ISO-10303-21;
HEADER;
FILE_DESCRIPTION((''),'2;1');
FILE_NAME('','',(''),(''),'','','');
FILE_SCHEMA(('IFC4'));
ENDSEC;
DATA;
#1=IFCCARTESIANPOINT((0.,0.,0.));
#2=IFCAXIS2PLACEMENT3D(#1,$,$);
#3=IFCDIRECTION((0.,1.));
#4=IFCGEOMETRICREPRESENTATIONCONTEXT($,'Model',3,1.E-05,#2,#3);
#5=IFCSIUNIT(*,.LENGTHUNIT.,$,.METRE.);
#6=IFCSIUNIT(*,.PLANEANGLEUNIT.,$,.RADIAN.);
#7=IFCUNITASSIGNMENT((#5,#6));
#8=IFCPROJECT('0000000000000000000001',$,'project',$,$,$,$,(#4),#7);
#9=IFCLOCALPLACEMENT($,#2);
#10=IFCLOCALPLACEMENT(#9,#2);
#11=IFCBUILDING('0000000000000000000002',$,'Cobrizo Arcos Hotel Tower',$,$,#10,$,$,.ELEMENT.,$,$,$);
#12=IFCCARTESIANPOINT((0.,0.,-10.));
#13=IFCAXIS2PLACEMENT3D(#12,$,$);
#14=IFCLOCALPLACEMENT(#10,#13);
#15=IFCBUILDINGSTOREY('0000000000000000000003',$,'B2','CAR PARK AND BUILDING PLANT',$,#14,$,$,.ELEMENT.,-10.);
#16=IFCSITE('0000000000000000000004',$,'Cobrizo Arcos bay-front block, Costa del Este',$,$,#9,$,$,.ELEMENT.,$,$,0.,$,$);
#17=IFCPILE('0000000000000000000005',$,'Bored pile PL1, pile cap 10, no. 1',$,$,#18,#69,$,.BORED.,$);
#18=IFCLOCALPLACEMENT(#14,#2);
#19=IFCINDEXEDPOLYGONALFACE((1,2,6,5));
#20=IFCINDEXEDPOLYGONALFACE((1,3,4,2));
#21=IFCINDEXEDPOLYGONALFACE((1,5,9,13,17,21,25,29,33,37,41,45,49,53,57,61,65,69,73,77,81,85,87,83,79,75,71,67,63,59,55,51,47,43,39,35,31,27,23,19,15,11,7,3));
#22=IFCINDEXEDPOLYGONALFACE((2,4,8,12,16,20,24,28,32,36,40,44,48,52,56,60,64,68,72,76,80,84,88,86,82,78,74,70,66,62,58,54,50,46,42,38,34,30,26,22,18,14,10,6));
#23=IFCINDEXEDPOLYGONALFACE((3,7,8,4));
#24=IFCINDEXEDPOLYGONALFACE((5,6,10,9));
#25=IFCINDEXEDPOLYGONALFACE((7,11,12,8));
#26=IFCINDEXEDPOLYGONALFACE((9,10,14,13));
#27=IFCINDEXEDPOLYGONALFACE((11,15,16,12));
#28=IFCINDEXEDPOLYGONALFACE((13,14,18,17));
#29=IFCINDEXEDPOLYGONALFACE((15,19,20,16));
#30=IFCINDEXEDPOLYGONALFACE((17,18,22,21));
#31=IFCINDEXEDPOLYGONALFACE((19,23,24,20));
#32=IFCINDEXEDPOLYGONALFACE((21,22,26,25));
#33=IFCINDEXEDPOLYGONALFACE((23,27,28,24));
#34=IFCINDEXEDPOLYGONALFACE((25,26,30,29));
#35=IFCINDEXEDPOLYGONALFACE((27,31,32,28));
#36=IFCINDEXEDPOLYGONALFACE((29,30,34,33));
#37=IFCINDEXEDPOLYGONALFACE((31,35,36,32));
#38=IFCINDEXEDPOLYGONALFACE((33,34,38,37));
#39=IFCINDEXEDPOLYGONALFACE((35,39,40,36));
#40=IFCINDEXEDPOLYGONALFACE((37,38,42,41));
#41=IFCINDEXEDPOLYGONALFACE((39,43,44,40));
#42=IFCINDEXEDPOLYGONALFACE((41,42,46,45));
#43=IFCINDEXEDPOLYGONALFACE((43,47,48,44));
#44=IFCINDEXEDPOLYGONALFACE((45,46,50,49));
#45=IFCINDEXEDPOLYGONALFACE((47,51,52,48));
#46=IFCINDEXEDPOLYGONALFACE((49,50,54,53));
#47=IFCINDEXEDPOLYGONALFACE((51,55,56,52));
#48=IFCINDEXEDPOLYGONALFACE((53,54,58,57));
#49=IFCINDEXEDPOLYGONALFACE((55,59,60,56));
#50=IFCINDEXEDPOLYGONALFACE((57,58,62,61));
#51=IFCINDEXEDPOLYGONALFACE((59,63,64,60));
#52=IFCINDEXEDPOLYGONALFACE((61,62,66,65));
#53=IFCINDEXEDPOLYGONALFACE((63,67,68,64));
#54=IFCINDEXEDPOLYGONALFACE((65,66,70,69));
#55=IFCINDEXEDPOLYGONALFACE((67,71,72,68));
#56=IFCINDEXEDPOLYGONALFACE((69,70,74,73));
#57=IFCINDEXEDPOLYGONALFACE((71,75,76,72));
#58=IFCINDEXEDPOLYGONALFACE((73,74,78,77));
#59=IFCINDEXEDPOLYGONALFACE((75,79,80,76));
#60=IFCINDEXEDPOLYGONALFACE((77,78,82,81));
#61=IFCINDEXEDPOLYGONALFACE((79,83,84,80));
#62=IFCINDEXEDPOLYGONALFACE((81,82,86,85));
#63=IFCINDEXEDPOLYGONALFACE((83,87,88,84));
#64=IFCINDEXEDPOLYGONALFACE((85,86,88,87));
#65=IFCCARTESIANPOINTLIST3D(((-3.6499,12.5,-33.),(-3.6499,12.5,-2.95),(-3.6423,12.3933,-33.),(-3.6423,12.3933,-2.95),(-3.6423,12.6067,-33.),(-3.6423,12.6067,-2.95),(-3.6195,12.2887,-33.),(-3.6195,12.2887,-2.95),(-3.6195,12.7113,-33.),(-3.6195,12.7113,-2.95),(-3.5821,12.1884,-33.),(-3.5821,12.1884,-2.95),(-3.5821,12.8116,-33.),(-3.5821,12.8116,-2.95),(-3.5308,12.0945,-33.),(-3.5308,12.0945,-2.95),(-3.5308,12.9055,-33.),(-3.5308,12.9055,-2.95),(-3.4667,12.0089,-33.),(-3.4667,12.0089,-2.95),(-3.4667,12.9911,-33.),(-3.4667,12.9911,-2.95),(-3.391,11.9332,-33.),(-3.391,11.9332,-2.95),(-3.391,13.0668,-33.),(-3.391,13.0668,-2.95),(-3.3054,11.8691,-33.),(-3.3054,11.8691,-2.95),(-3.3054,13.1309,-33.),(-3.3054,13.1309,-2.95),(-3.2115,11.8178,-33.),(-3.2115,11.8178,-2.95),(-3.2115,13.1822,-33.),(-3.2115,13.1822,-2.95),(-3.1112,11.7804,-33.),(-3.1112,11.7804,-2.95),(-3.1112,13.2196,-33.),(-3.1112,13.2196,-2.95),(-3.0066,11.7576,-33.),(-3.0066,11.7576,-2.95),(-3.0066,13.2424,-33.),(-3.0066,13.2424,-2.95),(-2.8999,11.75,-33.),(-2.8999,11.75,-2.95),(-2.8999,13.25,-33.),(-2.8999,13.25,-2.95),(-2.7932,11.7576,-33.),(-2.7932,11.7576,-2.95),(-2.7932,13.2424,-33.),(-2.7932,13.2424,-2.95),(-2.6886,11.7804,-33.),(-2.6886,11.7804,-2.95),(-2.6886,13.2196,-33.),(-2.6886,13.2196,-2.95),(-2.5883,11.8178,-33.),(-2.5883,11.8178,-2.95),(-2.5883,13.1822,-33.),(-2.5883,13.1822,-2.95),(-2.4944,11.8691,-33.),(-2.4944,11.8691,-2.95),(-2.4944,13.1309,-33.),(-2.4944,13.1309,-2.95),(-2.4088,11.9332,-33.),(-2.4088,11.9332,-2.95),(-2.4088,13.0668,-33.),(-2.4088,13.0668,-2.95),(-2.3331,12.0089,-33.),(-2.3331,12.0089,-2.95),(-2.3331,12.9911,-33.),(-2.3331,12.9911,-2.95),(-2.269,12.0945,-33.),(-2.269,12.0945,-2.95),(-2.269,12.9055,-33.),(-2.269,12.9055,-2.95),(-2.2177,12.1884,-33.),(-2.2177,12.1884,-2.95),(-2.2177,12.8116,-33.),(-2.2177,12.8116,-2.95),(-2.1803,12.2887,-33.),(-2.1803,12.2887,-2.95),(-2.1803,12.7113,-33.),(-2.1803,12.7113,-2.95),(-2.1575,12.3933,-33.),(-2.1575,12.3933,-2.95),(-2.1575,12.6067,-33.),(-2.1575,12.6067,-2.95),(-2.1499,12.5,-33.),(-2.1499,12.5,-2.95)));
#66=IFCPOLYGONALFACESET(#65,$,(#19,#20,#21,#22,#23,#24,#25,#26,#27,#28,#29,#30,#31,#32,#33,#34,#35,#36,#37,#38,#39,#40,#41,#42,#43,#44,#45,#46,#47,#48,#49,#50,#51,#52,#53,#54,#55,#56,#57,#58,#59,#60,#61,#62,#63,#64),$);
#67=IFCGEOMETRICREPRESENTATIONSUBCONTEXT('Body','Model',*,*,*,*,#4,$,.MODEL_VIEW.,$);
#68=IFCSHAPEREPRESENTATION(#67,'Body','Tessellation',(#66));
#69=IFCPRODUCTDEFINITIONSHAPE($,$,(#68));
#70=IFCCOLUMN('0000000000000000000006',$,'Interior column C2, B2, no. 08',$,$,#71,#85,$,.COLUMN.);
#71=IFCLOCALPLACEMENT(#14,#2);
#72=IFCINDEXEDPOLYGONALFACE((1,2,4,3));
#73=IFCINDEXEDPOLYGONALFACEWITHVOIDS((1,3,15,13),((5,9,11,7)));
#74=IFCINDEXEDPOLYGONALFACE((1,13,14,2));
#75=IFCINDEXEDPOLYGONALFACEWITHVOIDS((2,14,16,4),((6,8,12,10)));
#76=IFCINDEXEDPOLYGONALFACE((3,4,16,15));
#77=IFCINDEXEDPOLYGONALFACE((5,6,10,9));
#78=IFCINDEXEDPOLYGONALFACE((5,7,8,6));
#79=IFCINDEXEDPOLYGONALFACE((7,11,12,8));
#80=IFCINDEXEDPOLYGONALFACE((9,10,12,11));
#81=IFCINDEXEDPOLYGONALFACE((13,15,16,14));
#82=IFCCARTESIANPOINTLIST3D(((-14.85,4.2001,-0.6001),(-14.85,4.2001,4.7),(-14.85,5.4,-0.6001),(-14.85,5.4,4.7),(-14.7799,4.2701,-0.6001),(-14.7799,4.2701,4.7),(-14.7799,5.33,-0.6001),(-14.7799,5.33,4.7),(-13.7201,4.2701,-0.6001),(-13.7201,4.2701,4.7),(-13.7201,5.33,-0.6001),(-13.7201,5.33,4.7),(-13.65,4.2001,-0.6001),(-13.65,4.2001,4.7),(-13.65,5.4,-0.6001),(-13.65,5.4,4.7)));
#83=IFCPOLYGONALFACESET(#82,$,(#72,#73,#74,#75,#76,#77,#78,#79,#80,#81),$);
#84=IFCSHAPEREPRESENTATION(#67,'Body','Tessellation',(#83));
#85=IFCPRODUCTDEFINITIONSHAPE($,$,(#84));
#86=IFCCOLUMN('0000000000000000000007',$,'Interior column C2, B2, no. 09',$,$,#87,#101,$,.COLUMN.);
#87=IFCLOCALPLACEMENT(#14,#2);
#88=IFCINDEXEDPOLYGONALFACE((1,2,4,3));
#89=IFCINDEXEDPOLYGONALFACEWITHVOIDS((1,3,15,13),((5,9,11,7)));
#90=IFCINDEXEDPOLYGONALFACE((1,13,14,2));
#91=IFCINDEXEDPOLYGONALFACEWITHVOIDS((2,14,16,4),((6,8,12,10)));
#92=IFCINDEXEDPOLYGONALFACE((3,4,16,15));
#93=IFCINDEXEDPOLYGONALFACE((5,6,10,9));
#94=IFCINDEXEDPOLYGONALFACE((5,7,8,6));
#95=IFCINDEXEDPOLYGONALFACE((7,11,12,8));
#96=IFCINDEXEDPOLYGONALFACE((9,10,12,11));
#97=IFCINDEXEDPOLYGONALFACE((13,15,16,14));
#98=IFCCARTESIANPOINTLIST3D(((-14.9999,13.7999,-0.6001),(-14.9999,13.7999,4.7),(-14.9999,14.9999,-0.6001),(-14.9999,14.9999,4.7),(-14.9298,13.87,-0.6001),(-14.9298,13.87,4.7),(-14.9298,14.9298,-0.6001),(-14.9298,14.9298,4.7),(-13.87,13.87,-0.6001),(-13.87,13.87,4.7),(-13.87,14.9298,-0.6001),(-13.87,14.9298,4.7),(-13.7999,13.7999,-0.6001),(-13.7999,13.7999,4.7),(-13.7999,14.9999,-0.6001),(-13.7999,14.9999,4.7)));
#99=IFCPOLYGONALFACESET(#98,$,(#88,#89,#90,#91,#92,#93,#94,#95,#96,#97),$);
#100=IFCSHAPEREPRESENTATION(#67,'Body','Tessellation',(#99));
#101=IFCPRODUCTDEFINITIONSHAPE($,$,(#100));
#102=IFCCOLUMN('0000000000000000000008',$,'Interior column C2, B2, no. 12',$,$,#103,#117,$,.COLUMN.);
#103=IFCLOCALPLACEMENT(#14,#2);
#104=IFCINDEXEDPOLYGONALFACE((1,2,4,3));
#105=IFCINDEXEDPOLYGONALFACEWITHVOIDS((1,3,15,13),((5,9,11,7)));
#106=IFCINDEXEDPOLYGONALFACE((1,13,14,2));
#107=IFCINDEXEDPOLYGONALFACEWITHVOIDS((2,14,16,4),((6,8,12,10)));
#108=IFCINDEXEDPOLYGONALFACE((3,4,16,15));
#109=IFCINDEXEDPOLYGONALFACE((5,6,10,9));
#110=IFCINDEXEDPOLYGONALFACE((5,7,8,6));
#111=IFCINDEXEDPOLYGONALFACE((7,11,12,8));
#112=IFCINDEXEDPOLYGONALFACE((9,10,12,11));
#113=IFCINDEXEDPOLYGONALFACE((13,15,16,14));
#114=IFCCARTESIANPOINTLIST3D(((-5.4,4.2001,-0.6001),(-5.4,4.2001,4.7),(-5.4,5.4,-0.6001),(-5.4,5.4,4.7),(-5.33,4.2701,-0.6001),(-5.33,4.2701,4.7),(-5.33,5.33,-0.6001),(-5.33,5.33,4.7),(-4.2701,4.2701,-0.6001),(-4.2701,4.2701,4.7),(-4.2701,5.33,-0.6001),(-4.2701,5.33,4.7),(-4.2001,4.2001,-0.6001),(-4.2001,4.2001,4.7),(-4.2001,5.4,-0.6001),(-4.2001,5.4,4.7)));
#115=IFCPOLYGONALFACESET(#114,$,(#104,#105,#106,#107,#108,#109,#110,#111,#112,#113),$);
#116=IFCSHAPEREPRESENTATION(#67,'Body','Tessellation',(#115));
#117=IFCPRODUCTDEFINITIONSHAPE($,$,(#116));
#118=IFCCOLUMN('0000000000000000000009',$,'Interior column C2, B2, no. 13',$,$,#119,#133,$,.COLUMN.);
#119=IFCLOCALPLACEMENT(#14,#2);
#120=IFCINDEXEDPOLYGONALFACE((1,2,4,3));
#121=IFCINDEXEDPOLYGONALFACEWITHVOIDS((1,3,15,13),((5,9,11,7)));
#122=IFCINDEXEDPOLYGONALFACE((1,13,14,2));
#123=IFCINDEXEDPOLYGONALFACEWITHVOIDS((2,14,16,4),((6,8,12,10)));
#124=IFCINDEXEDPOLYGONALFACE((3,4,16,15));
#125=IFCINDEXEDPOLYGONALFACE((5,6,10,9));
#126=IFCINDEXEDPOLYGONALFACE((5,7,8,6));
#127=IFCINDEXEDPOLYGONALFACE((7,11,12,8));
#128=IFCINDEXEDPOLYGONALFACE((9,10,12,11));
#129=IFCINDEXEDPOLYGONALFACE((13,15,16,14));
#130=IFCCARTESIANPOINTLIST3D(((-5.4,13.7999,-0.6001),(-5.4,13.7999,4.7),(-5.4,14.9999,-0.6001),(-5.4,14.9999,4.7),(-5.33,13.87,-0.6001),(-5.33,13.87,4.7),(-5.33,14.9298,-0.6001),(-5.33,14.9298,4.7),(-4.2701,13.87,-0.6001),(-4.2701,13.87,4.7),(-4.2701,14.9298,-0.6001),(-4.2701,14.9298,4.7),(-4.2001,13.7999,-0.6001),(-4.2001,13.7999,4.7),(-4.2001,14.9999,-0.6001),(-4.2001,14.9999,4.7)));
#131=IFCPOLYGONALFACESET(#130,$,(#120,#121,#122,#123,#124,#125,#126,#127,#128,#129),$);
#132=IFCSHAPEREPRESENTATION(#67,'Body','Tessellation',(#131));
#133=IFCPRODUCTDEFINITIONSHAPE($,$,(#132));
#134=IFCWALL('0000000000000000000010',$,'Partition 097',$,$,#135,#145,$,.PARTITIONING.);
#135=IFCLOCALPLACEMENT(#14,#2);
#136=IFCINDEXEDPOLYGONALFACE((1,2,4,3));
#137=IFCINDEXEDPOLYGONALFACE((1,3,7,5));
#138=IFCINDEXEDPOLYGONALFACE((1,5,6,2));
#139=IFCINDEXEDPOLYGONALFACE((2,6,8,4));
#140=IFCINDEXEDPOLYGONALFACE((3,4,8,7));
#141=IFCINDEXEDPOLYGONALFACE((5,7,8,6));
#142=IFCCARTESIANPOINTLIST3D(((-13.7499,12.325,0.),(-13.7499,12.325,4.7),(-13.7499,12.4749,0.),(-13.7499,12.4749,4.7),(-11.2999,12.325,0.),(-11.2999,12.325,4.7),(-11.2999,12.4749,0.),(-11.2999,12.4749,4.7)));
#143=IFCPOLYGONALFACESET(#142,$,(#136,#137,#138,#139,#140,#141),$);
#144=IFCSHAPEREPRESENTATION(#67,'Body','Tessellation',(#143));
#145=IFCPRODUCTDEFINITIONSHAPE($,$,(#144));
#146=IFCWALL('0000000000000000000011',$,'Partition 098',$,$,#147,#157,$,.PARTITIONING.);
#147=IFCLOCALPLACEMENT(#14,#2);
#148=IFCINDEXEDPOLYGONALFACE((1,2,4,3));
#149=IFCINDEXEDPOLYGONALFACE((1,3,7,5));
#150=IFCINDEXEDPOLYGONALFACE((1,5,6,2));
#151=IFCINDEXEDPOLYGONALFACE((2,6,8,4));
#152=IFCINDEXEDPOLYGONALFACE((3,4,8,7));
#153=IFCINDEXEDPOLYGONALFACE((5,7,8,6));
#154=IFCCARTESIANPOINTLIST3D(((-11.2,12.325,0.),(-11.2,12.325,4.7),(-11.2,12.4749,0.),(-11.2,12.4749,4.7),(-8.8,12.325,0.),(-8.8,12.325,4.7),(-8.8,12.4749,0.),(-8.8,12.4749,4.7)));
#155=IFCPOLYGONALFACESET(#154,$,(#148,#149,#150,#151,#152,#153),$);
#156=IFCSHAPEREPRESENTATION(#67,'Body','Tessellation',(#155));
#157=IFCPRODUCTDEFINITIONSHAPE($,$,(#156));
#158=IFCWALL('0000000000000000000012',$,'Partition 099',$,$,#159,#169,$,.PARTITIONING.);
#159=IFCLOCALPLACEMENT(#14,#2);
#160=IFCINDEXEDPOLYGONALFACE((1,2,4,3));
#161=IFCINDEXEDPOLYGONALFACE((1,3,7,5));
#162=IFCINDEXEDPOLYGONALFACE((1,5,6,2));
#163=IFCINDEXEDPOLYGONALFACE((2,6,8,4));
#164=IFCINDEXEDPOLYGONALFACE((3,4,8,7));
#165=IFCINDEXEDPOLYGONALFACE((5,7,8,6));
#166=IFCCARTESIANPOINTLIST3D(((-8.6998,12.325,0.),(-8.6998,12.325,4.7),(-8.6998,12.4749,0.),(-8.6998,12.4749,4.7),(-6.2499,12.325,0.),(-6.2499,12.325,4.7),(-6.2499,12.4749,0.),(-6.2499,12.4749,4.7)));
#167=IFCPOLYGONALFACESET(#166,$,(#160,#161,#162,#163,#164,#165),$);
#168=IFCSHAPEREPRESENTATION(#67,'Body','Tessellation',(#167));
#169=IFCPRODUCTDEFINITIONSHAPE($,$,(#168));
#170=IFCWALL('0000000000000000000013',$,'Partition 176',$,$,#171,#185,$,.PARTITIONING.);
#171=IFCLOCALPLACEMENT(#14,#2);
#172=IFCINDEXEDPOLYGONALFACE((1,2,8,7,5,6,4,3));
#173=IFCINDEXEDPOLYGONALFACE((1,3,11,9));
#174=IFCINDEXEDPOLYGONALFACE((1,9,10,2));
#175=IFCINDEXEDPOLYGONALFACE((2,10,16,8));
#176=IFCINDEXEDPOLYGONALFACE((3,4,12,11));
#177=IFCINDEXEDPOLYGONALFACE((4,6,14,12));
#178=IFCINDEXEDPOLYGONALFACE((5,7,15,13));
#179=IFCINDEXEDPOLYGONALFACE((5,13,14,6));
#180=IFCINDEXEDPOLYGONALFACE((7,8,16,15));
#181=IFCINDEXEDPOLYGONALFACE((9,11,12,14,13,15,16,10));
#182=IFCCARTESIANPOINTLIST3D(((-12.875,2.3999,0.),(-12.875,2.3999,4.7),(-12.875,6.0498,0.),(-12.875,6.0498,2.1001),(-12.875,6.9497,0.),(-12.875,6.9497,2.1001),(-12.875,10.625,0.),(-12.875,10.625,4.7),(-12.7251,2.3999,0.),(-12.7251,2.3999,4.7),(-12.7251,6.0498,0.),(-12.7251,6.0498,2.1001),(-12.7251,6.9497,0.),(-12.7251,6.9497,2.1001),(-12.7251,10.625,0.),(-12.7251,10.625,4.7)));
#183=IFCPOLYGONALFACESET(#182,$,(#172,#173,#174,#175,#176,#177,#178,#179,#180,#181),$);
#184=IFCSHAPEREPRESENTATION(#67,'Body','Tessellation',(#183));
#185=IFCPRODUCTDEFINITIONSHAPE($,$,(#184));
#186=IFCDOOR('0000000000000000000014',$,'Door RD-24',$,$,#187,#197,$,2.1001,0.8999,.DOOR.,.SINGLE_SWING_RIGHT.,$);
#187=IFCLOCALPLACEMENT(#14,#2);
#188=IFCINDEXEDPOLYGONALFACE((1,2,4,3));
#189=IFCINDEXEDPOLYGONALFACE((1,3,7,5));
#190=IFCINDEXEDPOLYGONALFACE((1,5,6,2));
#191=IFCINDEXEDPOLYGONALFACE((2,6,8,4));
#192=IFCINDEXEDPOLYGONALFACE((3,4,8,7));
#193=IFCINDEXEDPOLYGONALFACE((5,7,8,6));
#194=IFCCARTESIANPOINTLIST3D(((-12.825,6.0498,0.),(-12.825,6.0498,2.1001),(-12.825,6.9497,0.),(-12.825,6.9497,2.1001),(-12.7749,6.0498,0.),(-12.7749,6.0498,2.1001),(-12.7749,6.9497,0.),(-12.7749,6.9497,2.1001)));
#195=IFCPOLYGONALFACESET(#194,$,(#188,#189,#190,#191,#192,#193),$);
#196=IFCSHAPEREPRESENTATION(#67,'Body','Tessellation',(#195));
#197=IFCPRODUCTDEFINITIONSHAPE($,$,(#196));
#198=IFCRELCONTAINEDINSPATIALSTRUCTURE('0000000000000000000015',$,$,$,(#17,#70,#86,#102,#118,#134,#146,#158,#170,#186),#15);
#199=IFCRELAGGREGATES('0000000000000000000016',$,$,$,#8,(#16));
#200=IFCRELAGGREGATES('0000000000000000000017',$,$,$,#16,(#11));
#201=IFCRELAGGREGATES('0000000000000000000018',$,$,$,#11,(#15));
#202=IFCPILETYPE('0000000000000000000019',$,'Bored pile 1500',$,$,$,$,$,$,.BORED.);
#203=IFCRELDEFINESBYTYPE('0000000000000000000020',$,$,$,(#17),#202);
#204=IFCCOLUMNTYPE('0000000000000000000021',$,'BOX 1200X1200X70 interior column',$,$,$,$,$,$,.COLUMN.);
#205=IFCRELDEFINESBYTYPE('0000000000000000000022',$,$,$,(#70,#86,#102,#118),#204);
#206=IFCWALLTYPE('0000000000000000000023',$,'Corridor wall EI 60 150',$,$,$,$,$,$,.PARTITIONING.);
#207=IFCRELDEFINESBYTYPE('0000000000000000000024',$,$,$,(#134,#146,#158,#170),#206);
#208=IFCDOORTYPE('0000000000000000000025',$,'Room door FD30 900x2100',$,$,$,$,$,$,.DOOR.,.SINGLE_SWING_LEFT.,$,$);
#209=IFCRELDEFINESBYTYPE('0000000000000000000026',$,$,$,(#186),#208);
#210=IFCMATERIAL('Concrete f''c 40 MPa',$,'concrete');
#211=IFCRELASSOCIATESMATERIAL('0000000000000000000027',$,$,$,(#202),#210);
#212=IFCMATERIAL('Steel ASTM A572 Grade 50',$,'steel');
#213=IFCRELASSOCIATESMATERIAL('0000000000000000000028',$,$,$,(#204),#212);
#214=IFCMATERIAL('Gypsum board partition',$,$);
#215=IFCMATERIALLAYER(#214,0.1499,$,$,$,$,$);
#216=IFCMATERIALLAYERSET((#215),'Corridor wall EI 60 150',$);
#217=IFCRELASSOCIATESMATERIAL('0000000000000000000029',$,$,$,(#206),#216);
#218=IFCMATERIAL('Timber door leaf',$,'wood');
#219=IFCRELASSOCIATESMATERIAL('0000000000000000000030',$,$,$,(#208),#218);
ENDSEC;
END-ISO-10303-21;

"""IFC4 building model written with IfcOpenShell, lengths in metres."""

from ifc_helpers import new_model, si_unit, direction, frame, frame_2d, origin, origin_2d, place, context, subcontext, project, spatial, rectangle, hollow_rectangle, circle, extrude, material, layer, layer_set, material_profile, profile_set, type_object, element, fill, save


model = new_model("IFC4")

# Units and contexts
model_context = context("Model", 3, precision=1e-05, world=origin(), true_north=direction((0.0, 1.0)))
body_context = subcontext(model_context, "Body", "Model", "MODEL_VIEW")
ifc_project = project(units=[si_unit("LENGTHUNIT", "METRE"), si_unit("PLANEANGLEUNIT", "RADIAN")], contexts=[model_context])

# Site, building, storey
site_placement = place(None, origin())
site = spatial("IfcSite", under=ifc_project, at=site_placement, Name="Cobrizo Arcos bay-front block, Costa del Este", CompositionType="ELEMENT", RefElevation=0.0)
building_placement = place(site_placement, origin())
building = spatial("IfcBuilding", under=site, at=building_placement, Name="Cobrizo Arcos Hotel Tower", CompositionType="ELEMENT")
storey_placement = place(building_placement, frame((0.0, 0.0, -10.0)))
storey = spatial("IfcBuildingStorey", under=building, at=storey_placement, Name="B2", Description="CAR PARK AND BUILDING PLANT", CompositionType="ELEMENT", Elevation=-10.0)

# Pile
ifc_material_1 = material(Name="Concrete f'c 40 MPa", Category="concrete")
ifc_material_profile_1 = material_profile(ifc_material_1, circle(Radius=0.75, at=origin_2d()), Name="BORED PILE 1500")
ifc_profile_set_1 = profile_set([ifc_material_profile_1], Name="Concrete f'c 40 MPa")
pile_type = type_object("IfcPileType", Name="Bored pile 1500", PredefinedType="BORED", material=ifc_profile_set_1)
for number, where, z_axis, x_axis, name in (
    (1, (-2.8999, 12.5, -2.95), (0.0, 0.0, -1.0), (1.0, 0.0, 0.0), "Bored pile PL1, pile cap 10, no. 1"),
):
    element("IfcPile", number, at=place(storey_placement, frame(where, z_axis=z_axis, x_axis=x_axis)), inside=storey, type_object=pile_type, Name=name, PredefinedType="BORED", context=body_context, shape_type="SweptSolid", body=[
        extrude(circle(Radius=0.75, at=origin_2d()), origin(), (0.0, 0.0, 1.0), 30.05),
    ])

# Columns
ifc_material_2 = material(Name="Steel ASTM A572 Grade 50", Category="steel")
ifc_material_profile_2 = material_profile(ifc_material_2, hollow_rectangle(XDim=1.2, YDim=1.2, WallThickness=0.0701, at=origin_2d()), Name="BOX 1200X1200X70")
ifc_profile_set_2 = profile_set([ifc_material_profile_2], Name="Steel ASTM A572 Grade 50")
column_type = type_object("IfcColumnType", Name="BOX 1200X1200X70 interior column", PredefinedType="COLUMN", material=ifc_profile_set_2)
for number, where, z_axis, x_axis, name in (
    (2, (-14.25, 4.8, -0.6001), (0.0, 0.0, 1.0), (1.0, 0.0, 0.0), "Interior column C2, B2, no. 08"),
    (3, (-14.3999, 14.3999, -0.6001), (0.0, 0.0, 1.0), (1.0, 0.0, 0.0), "Interior column C2, B2, no. 09"),
    (4, (-4.8, 4.8, -0.6001), (0.0, 0.0, 1.0), (1.0, 0.0, 0.0), "Interior column C2, B2, no. 12"),
    (5, (-4.8, 14.3999, -0.6001), (0.0, 0.0, 1.0), (1.0, 0.0, 0.0), "Interior column C2, B2, no. 13"),
):
    element("IfcColumn", number, at=place(storey_placement, frame(where, z_axis=z_axis, x_axis=x_axis)), inside=storey, type_object=column_type, Name=name, PredefinedType="COLUMN", context=body_context, shape_type="SweptSolid", body=[
        extrude(hollow_rectangle(XDim=1.2, YDim=1.2, WallThickness=0.0701, at=origin_2d()), origin(), (0.0, 0.0, 1.0), 5.3),
    ])

# Walls
ifc_material_3 = material(Name="Gypsum board partition")
ifc_layer_1 = layer(ifc_material_3, 0.1499)
ifc_layer_set_1 = layer_set([ifc_layer_1], Name="Corridor wall EI 60 150")
wall_type_1 = type_object("IfcWallType", Name="Corridor wall EI 60 150", PredefinedType="PARTITIONING", material=ifc_layer_set_1)
wall_1_placement = place(storey_placement, frame((-13.75, 12.3999, 0.0), z_axis=(0.0, 0.0, 1.0), x_axis=(1.0, 0.0, 0.0)))
element("IfcWall", 6, at=wall_1_placement, inside=storey, type_object=wall_type_1, Name="Partition 097", PredefinedType="PARTITIONING", context=body_context, shape_type="SweptSolid", body=[
    extrude(rectangle(XDim=2.45, YDim=0.1499, at=frame_2d((1.2251, 0.0))), origin(), (0.0, 0.0, 1.0), 4.7),
])
wall_2_placement = place(storey_placement, frame((-11.2, 12.3999, 0.0), z_axis=(0.0, 0.0, 1.0), x_axis=(1.0, 0.0, 0.0)))
element("IfcWall", 7, at=wall_2_placement, inside=storey, type_object=wall_type_1, Name="Partition 098", PredefinedType="PARTITIONING", context=body_context, shape_type="SweptSolid", body=[
    extrude(rectangle(XDim=2.3999, YDim=0.1499, at=frame_2d((1.2, 0.0))), origin(), (0.0, 0.0, 1.0), 4.7),
])
wall_3_placement = place(storey_placement, frame((-8.7, 12.3999, 0.0), z_axis=(0.0, 0.0, 1.0), x_axis=(1.0, 0.0, 0.0)))
element("IfcWall", 8, at=wall_3_placement, inside=storey, type_object=wall_type_1, Name="Partition 099", PredefinedType="PARTITIONING", context=body_context, shape_type="SweptSolid", body=[
    extrude(rectangle(XDim=2.45, YDim=0.1499, at=frame_2d((1.2251, 0.0))), origin(), (0.0, 0.0, 1.0), 4.7),
])

# Wall, opening, door
wall_4_placement = place(storey_placement, frame((-12.8, 2.3999, 0.0), z_axis=(0.0, 0.0, 1.0), x_axis=(0.0, 1.0, 0.0)))
wall_4 = element("IfcWall", 9, at=wall_4_placement, inside=storey, type_object=wall_type_1, Name="Partition 176", PredefinedType="PARTITIONING", context=body_context, shape_type="SweptSolid", body=[
    extrude(rectangle(XDim=8.2251, YDim=0.1499, at=frame_2d((4.1125, 0.0))), origin(), (0.0, 0.0, 1.0), 4.7),
])
opening_placement = place(wall_4_placement, frame((3.6499, 0.0, 0.0)))
opening = element("IfcOpeningElement", 10, at=opening_placement, cuts=wall_4, PredefinedType="OPENING", context=body_context, shape_type="SweptSolid", body=[
    extrude(rectangle(XDim=0.8999, YDim=2.1001, at=frame_2d((0.45, 1.05))), frame((0.0, 0.0869, 0.0), z_axis=(0.0, -1.0, 0.0), x_axis=(1.0, 0.0, 0.0)), (0.0, 0.0, 1.0), 0.1738),
])
ifc_material_4 = material(Name="Timber door leaf", Category="wood")
door_type = type_object("IfcDoorType", Name="Room door FD30 900x2100", OperationType="SINGLE_SWING_LEFT", PredefinedType="DOOR", material=ifc_material_4)
door_placement = place(opening_placement, origin())
door = element("IfcDoor", 11, at=door_placement, inside=storey, type_object=door_type, Name="Door RD-24", OperationType="SINGLE_SWING_RIGHT", OverallHeight=2.1001, OverallWidth=0.8999, PredefinedType="DOOR", context=body_context, shape_type="SweptSolid", body=[
    extrude(rectangle(XDim=0.8999, YDim=2.1001, at=frame_2d((0.45, 1.05))), frame((0.0, 0.0249, 0.0), z_axis=(0.0, -1.0, 0.0), x_axis=(1.0, 0.0, 0.0)), (0.0, 0.0, 1.0), 0.05),
])
fill(opening, door)

save(model, "model.ifc")
